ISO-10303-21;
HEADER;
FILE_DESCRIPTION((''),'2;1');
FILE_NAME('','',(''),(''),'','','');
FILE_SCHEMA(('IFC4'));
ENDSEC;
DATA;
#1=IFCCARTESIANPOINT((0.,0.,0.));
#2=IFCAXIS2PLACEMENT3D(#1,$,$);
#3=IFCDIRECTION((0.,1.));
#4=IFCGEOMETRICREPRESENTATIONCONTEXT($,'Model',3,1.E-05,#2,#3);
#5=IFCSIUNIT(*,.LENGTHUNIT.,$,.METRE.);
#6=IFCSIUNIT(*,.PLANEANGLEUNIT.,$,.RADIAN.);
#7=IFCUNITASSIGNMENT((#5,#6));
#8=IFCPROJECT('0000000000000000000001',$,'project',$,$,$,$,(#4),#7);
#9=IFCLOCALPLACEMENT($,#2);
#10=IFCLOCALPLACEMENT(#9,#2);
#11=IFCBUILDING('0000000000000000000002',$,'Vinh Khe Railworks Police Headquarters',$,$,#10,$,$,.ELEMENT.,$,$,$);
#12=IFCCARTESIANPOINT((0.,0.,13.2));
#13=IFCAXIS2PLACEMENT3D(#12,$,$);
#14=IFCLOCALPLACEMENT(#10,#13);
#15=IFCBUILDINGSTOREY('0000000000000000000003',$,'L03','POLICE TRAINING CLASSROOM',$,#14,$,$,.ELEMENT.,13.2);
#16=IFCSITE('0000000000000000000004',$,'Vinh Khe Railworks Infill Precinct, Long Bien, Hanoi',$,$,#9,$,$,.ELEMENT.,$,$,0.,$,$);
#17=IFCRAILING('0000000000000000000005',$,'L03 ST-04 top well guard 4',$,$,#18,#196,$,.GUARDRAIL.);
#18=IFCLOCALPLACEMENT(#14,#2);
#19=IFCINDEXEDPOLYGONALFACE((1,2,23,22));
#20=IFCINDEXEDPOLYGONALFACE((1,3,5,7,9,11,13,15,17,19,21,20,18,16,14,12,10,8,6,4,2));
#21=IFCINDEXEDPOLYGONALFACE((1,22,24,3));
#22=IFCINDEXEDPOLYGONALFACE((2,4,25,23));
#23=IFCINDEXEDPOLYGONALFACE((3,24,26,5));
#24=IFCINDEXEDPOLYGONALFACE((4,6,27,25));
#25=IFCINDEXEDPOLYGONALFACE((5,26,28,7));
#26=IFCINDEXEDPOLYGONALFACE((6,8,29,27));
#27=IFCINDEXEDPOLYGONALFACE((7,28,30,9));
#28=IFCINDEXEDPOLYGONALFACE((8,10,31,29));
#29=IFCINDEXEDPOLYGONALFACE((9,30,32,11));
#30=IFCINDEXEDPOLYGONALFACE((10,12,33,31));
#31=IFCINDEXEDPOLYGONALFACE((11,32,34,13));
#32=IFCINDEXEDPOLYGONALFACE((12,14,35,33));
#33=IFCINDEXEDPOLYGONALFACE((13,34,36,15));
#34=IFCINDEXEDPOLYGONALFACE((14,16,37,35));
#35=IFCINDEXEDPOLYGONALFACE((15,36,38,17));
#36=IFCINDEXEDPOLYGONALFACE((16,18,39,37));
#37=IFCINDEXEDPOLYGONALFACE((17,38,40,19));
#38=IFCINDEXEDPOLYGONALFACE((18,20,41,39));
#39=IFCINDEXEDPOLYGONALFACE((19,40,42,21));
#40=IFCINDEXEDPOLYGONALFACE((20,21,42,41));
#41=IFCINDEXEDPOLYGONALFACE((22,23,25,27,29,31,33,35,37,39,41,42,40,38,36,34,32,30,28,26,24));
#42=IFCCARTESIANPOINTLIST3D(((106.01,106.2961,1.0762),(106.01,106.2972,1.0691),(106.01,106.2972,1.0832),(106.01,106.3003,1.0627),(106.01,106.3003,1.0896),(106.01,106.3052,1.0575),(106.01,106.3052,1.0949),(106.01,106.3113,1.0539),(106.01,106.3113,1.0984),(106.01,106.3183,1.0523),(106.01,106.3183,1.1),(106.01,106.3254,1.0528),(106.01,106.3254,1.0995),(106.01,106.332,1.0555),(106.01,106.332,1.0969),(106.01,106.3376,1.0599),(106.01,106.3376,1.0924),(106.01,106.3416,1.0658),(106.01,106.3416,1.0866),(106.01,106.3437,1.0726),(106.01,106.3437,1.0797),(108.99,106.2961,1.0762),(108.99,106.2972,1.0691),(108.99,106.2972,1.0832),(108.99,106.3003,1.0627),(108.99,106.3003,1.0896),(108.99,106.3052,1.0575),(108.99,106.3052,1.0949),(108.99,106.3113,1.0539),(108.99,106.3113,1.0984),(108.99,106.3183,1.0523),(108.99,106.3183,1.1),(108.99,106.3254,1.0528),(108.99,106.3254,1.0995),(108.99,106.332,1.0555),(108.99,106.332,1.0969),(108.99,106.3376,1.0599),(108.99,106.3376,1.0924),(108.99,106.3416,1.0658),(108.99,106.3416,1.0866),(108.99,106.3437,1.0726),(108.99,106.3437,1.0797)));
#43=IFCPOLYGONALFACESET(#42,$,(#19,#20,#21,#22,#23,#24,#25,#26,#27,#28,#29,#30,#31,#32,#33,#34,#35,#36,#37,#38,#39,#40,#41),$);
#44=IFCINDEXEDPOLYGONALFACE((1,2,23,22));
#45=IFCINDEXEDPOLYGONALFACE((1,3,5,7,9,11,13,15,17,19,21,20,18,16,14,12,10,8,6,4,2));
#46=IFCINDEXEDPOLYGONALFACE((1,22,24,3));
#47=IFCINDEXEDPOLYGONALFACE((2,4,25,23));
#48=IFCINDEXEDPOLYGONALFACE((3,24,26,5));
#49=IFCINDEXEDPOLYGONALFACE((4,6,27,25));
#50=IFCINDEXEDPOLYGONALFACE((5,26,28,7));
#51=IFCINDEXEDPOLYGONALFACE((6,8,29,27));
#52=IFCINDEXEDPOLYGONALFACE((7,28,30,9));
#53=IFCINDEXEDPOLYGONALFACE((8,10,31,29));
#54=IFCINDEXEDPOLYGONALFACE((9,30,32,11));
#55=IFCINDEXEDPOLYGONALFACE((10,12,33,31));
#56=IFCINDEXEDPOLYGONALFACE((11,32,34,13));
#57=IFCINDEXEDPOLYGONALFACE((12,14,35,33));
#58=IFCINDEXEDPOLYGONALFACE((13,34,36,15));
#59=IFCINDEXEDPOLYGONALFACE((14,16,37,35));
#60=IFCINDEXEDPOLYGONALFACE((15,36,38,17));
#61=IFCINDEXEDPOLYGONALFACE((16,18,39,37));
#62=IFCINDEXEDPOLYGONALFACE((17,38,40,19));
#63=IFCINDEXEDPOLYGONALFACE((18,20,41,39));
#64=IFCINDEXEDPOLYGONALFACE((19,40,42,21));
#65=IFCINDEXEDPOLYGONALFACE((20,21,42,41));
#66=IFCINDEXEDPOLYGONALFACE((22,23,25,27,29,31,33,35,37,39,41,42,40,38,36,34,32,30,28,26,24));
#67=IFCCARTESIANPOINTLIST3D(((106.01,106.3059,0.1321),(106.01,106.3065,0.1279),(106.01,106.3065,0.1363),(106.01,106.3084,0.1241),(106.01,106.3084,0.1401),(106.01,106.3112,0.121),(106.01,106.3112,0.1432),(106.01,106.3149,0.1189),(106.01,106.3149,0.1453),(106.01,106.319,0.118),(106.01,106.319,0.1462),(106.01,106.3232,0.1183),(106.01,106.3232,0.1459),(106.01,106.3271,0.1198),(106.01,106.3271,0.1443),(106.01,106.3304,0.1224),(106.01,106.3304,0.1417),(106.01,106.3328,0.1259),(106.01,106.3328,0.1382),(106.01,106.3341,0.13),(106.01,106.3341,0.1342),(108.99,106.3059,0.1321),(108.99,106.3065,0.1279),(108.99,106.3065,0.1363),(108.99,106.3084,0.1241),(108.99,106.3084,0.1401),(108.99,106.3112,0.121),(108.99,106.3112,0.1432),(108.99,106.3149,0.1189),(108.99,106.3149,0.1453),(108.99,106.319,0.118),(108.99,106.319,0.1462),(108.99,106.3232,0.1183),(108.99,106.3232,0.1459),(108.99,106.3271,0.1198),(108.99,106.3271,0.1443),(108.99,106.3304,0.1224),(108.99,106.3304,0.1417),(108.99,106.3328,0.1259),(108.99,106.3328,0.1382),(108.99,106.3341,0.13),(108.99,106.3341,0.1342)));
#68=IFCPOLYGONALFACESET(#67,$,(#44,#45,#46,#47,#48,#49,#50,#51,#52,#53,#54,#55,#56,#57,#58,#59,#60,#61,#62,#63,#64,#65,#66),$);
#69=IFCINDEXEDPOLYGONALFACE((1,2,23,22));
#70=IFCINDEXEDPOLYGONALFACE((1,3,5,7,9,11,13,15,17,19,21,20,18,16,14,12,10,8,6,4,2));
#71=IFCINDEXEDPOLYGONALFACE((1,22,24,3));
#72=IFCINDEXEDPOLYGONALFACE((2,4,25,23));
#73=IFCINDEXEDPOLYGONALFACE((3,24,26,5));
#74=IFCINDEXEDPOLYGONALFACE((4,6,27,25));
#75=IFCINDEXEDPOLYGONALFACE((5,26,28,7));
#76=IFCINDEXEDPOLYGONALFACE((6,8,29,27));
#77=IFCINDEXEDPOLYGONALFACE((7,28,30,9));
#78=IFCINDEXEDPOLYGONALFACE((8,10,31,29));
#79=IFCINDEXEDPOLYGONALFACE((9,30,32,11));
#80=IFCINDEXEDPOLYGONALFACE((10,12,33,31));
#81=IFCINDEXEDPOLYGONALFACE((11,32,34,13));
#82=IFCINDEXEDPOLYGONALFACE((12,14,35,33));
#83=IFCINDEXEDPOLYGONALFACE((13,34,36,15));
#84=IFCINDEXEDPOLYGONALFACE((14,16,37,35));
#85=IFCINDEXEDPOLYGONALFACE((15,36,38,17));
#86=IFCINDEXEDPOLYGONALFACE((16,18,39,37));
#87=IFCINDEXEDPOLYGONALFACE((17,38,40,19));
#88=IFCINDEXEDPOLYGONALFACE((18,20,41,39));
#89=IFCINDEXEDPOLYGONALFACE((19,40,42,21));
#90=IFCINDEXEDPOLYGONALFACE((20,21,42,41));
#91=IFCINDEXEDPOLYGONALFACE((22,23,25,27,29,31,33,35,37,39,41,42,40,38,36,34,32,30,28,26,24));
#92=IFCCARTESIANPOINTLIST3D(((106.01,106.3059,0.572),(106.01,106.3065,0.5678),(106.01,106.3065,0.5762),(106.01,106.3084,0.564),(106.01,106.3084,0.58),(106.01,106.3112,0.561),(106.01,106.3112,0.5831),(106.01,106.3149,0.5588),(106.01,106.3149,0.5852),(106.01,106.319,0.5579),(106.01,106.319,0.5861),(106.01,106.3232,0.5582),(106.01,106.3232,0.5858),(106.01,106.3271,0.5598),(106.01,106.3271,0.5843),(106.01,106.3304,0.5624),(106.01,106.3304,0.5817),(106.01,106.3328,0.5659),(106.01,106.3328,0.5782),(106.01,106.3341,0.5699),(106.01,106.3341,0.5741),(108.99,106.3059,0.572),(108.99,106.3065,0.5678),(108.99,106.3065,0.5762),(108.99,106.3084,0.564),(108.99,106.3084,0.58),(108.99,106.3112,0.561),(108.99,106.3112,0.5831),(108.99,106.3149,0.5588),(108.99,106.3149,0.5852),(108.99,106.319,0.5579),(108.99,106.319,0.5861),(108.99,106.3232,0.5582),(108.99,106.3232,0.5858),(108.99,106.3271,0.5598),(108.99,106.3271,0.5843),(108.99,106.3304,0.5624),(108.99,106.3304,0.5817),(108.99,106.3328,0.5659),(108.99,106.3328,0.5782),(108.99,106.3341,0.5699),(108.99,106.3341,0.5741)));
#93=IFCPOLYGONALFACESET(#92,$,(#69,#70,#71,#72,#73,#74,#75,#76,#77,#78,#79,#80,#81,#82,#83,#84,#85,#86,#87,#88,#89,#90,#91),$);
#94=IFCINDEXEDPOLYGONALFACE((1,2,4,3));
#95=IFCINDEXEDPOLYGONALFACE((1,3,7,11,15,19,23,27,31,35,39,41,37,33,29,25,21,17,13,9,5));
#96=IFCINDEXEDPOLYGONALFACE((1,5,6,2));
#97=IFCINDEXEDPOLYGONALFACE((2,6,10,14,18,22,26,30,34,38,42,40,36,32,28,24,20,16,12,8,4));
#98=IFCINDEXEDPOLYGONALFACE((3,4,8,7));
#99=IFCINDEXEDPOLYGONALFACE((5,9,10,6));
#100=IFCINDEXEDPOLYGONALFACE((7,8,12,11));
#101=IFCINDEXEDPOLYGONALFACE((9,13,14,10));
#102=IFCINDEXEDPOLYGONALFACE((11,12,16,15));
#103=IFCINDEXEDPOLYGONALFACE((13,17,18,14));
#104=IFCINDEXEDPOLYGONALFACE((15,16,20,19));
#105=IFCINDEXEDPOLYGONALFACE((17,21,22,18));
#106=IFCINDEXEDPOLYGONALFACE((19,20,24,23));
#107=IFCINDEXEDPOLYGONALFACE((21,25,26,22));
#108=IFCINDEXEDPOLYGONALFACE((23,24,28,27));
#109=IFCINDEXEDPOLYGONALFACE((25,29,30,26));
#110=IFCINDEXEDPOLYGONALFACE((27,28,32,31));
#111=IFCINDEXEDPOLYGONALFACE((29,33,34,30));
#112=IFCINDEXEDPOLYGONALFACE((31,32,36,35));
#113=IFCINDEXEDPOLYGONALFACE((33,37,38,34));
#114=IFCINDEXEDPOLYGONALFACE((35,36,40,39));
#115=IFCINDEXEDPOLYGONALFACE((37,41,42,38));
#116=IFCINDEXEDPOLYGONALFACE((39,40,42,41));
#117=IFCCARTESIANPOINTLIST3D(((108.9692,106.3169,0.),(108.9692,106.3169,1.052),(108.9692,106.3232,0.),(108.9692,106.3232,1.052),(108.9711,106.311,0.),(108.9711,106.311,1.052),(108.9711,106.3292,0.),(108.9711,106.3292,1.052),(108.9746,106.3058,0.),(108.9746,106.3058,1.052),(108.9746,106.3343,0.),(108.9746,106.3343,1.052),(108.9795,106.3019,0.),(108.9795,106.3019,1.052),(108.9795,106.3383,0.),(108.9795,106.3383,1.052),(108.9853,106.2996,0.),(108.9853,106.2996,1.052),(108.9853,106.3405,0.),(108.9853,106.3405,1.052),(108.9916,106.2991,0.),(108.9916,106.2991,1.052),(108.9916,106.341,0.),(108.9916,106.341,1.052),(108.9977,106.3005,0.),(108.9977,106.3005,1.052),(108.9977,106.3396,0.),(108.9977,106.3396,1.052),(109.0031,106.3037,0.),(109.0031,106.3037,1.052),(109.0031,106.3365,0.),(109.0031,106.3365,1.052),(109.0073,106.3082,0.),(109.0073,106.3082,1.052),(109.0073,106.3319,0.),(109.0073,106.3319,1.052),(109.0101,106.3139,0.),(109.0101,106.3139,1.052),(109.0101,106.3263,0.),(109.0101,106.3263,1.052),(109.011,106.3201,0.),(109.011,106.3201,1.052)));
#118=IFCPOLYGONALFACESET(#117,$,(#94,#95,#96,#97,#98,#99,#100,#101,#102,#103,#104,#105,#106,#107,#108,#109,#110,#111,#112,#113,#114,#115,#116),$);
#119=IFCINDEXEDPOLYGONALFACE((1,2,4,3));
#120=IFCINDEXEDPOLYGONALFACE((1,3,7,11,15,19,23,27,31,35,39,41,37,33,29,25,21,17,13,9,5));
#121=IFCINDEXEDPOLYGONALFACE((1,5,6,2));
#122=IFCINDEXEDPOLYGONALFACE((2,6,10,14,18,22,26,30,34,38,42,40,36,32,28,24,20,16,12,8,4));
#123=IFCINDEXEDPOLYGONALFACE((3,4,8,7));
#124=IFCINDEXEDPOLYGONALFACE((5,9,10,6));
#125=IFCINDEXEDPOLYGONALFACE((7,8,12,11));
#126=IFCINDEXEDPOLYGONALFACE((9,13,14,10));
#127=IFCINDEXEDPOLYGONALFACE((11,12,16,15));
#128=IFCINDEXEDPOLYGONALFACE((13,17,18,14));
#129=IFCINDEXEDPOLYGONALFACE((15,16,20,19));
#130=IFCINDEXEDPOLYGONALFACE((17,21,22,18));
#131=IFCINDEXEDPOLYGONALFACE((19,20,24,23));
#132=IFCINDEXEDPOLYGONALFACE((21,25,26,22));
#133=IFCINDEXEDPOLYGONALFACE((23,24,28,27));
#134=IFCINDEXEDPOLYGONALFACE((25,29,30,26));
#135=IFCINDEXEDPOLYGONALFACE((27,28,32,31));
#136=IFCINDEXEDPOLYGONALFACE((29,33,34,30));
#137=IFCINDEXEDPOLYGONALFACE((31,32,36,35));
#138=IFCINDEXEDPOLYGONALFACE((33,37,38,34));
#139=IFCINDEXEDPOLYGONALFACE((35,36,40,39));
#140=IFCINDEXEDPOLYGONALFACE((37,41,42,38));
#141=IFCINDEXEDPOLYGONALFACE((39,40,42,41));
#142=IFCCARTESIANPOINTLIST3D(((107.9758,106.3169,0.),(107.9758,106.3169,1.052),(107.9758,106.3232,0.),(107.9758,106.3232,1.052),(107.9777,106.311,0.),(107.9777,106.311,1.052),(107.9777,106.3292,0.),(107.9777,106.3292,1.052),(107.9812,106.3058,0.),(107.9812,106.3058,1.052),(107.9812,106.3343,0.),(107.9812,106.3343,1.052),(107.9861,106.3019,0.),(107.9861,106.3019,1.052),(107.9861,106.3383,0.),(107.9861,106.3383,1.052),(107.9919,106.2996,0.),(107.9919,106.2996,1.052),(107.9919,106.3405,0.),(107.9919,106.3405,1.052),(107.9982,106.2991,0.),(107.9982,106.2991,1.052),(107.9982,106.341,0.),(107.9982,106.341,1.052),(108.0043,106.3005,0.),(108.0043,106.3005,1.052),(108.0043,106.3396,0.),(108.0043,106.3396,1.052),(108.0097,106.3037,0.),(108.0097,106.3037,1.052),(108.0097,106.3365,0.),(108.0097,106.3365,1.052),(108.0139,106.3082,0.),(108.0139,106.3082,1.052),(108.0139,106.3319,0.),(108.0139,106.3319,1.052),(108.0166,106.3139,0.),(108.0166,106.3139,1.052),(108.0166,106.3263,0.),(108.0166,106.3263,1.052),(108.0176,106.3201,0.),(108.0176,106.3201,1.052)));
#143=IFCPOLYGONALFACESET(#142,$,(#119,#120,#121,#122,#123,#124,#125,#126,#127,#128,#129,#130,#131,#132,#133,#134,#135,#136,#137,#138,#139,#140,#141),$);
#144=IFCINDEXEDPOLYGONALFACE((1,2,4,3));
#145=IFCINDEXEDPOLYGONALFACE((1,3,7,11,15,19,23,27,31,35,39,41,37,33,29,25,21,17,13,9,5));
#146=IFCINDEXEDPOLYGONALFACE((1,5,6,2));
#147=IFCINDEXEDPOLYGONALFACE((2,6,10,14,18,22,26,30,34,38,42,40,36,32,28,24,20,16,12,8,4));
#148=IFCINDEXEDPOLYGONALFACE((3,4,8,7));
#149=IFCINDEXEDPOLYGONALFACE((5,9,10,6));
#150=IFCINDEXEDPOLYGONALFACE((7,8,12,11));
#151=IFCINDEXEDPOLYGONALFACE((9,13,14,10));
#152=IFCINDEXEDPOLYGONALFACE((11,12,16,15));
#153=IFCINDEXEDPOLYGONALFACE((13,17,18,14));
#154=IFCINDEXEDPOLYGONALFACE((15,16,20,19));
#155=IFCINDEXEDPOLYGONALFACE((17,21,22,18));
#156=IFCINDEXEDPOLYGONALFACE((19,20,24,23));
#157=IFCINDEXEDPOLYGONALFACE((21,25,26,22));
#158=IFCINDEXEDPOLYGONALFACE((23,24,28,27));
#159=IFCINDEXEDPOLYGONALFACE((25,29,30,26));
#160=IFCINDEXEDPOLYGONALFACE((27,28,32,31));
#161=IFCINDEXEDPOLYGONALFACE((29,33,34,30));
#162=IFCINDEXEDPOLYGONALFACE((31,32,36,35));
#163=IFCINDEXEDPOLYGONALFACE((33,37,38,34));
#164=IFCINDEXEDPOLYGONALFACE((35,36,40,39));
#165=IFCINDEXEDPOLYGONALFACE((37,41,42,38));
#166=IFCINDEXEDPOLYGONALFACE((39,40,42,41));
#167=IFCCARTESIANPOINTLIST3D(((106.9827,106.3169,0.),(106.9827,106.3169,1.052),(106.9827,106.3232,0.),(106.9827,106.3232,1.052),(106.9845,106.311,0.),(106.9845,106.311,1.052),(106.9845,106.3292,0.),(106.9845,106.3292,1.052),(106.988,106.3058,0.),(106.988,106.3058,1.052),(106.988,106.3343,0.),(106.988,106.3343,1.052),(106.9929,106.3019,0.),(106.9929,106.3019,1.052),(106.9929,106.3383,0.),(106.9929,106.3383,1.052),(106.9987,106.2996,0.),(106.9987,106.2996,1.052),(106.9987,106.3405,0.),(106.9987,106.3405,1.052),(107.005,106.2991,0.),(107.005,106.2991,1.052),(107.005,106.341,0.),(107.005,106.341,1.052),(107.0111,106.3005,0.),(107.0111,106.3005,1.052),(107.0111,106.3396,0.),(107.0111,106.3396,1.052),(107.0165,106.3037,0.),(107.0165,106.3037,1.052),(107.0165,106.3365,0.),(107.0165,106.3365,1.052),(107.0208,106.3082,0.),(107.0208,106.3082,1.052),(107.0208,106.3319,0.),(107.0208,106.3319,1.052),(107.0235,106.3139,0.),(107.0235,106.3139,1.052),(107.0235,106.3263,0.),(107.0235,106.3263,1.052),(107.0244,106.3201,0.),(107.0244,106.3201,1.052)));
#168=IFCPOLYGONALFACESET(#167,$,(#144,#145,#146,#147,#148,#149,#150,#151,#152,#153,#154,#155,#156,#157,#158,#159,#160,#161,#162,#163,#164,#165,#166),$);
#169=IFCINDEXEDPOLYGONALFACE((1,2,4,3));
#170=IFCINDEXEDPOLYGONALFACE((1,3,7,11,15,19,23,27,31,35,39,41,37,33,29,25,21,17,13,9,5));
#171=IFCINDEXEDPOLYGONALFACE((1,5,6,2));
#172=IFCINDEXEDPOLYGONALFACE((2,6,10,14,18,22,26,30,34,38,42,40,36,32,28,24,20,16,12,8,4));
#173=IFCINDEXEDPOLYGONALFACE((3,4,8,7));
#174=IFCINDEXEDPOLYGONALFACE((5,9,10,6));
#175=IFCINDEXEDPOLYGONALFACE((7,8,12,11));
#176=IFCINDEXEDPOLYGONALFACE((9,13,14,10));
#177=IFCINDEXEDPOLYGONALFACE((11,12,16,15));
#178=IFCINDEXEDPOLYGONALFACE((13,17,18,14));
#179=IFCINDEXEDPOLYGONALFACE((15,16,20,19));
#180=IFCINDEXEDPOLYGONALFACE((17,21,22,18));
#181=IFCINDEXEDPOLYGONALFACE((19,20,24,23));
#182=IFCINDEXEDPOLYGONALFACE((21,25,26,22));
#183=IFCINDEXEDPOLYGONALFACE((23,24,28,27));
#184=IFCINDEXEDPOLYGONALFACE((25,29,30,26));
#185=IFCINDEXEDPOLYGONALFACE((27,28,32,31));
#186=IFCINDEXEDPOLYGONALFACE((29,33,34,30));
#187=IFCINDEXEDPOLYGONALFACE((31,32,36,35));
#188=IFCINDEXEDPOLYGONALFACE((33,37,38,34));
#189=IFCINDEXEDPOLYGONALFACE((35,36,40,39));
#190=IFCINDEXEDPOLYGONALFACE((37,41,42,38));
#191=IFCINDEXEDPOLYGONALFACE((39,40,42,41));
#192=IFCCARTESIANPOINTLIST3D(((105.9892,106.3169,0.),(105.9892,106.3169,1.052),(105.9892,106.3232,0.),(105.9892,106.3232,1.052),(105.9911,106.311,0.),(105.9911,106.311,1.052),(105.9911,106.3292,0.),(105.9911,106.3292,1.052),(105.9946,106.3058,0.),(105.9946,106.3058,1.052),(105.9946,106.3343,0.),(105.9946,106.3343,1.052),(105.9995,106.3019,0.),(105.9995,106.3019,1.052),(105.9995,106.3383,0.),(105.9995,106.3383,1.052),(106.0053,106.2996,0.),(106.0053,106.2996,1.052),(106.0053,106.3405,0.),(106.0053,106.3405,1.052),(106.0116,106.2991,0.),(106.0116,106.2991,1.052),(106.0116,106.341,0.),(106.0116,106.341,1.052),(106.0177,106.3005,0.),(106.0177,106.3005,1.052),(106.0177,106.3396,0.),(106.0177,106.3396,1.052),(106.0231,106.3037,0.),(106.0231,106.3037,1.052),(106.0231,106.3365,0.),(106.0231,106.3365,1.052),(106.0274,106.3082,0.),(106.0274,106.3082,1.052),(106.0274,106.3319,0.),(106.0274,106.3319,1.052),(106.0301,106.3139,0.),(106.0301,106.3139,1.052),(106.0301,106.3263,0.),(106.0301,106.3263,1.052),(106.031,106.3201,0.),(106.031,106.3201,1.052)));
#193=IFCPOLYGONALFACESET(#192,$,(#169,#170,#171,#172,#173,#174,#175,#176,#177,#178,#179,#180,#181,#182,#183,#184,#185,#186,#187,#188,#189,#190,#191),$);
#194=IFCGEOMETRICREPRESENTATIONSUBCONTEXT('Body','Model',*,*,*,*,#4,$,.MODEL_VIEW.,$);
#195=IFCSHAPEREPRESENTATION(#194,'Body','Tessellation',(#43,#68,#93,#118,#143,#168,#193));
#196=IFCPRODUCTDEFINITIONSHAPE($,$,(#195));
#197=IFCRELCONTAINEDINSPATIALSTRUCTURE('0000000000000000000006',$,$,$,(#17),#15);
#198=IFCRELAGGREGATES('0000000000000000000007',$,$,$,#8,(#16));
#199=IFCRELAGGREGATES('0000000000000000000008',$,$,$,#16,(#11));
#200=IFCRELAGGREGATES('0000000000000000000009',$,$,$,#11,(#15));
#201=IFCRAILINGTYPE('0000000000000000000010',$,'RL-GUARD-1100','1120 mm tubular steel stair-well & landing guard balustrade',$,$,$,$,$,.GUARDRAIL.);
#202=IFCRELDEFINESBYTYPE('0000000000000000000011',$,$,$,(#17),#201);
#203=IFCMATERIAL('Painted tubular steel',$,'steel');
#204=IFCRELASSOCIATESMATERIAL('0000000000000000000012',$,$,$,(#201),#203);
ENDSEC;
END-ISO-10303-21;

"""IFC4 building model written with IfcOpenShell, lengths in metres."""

from ifc_helpers import new_model, si_unit, direction, frame, origin, origin_2d, place, context, subcontext, project, spatial, circle, extrude, material, type_object, element, save


model = new_model("IFC4")

# Units and contexts
model_context = context("Model", 3, precision=1e-05, world=origin(), true_north=direction((0.0, 1.0)))
body_context = subcontext(model_context, "Body", "Model", "MODEL_VIEW")
ifc_project = project(units=[si_unit("LENGTHUNIT", "METRE"), si_unit("PLANEANGLEUNIT", "RADIAN")], contexts=[model_context])

# Site, building, storey
site_placement = place(None, origin())
site = spatial("IfcSite", under=ifc_project, at=site_placement, Name="Vinh Khe Railworks Infill Precinct, Long Bien, Hanoi", CompositionType="ELEMENT", RefElevation=0.0)
building_placement = place(site_placement, origin())
building = spatial("IfcBuilding", under=site, at=building_placement, Name="Vinh Khe Railworks Police Headquarters", CompositionType="ELEMENT")
storey_placement = place(building_placement, frame((0.0, 0.0, 13.2)))
storey = spatial("IfcBuildingStorey", under=building, at=storey_placement, Name="L03", Description="POLICE TRAINING CLASSROOM", CompositionType="ELEMENT", Elevation=13.2)

# Railing
ifc_material_1 = material(Name="Painted tubular steel", Category="steel")
railing_type = type_object("IfcRailingType", Name="RL-GUARD-1100", Description="1120 mm tubular steel stair-well & landing guard balustrade", PredefinedType="GUARDRAIL", material=ifc_material_1)
railing_1_placement = place(storey_placement, frame((108.99, 106.3201, 0.0)))
element("IfcRailing", 1, at=railing_1_placement, inside=storey, type_object=railing_type, Name="L03 ST-04 top well guard 4", PredefinedType="GUARDRAIL", context=body_context, shape_type="SweptSolid", body=[
    extrude(circle(Radius=0.0239, at=origin_2d()), frame((0.0, 0.0, 1.0762), z_axis=(-1.0, 0.0, 0.0), x_axis=(0.0, -1.0, 0.0)), (0.0, 0.0, 1.0), 2.98),
    extrude(circle(Radius=0.0142, at=origin_2d()), frame((0.0, 0.0, 0.1321), z_axis=(-1.0, 0.0, 0.0), x_axis=(0.0, -1.0, 0.0)), (0.0, 0.0, 1.0), 2.98),
    extrude(circle(Radius=0.0142, at=origin_2d()), frame((0.0, 0.0, 0.572), z_axis=(-1.0, 0.0, 0.0), x_axis=(0.0, -1.0, 0.0)), (0.0, 0.0, 1.0), 2.98),
    extrude(circle(Radius=0.021, at=origin_2d()), origin(), (0.0, 0.0, 1.0), 1.052),
    extrude(circle(Radius=0.021, at=origin_2d()), frame((-0.9934, 0.0, 0.0)), (0.0, 0.0, 1.0), 1.052),
    extrude(circle(Radius=0.021, at=origin_2d()), frame((-1.9866, 0.0, 0.0)), (0.0, 0.0, 1.0), 1.052),
    extrude(circle(Radius=0.021, at=origin_2d()), frame((-2.98, 0.0, 0.0)), (0.0, 0.0, 1.0), 1.052),
])

save(model, "model.ifc")
